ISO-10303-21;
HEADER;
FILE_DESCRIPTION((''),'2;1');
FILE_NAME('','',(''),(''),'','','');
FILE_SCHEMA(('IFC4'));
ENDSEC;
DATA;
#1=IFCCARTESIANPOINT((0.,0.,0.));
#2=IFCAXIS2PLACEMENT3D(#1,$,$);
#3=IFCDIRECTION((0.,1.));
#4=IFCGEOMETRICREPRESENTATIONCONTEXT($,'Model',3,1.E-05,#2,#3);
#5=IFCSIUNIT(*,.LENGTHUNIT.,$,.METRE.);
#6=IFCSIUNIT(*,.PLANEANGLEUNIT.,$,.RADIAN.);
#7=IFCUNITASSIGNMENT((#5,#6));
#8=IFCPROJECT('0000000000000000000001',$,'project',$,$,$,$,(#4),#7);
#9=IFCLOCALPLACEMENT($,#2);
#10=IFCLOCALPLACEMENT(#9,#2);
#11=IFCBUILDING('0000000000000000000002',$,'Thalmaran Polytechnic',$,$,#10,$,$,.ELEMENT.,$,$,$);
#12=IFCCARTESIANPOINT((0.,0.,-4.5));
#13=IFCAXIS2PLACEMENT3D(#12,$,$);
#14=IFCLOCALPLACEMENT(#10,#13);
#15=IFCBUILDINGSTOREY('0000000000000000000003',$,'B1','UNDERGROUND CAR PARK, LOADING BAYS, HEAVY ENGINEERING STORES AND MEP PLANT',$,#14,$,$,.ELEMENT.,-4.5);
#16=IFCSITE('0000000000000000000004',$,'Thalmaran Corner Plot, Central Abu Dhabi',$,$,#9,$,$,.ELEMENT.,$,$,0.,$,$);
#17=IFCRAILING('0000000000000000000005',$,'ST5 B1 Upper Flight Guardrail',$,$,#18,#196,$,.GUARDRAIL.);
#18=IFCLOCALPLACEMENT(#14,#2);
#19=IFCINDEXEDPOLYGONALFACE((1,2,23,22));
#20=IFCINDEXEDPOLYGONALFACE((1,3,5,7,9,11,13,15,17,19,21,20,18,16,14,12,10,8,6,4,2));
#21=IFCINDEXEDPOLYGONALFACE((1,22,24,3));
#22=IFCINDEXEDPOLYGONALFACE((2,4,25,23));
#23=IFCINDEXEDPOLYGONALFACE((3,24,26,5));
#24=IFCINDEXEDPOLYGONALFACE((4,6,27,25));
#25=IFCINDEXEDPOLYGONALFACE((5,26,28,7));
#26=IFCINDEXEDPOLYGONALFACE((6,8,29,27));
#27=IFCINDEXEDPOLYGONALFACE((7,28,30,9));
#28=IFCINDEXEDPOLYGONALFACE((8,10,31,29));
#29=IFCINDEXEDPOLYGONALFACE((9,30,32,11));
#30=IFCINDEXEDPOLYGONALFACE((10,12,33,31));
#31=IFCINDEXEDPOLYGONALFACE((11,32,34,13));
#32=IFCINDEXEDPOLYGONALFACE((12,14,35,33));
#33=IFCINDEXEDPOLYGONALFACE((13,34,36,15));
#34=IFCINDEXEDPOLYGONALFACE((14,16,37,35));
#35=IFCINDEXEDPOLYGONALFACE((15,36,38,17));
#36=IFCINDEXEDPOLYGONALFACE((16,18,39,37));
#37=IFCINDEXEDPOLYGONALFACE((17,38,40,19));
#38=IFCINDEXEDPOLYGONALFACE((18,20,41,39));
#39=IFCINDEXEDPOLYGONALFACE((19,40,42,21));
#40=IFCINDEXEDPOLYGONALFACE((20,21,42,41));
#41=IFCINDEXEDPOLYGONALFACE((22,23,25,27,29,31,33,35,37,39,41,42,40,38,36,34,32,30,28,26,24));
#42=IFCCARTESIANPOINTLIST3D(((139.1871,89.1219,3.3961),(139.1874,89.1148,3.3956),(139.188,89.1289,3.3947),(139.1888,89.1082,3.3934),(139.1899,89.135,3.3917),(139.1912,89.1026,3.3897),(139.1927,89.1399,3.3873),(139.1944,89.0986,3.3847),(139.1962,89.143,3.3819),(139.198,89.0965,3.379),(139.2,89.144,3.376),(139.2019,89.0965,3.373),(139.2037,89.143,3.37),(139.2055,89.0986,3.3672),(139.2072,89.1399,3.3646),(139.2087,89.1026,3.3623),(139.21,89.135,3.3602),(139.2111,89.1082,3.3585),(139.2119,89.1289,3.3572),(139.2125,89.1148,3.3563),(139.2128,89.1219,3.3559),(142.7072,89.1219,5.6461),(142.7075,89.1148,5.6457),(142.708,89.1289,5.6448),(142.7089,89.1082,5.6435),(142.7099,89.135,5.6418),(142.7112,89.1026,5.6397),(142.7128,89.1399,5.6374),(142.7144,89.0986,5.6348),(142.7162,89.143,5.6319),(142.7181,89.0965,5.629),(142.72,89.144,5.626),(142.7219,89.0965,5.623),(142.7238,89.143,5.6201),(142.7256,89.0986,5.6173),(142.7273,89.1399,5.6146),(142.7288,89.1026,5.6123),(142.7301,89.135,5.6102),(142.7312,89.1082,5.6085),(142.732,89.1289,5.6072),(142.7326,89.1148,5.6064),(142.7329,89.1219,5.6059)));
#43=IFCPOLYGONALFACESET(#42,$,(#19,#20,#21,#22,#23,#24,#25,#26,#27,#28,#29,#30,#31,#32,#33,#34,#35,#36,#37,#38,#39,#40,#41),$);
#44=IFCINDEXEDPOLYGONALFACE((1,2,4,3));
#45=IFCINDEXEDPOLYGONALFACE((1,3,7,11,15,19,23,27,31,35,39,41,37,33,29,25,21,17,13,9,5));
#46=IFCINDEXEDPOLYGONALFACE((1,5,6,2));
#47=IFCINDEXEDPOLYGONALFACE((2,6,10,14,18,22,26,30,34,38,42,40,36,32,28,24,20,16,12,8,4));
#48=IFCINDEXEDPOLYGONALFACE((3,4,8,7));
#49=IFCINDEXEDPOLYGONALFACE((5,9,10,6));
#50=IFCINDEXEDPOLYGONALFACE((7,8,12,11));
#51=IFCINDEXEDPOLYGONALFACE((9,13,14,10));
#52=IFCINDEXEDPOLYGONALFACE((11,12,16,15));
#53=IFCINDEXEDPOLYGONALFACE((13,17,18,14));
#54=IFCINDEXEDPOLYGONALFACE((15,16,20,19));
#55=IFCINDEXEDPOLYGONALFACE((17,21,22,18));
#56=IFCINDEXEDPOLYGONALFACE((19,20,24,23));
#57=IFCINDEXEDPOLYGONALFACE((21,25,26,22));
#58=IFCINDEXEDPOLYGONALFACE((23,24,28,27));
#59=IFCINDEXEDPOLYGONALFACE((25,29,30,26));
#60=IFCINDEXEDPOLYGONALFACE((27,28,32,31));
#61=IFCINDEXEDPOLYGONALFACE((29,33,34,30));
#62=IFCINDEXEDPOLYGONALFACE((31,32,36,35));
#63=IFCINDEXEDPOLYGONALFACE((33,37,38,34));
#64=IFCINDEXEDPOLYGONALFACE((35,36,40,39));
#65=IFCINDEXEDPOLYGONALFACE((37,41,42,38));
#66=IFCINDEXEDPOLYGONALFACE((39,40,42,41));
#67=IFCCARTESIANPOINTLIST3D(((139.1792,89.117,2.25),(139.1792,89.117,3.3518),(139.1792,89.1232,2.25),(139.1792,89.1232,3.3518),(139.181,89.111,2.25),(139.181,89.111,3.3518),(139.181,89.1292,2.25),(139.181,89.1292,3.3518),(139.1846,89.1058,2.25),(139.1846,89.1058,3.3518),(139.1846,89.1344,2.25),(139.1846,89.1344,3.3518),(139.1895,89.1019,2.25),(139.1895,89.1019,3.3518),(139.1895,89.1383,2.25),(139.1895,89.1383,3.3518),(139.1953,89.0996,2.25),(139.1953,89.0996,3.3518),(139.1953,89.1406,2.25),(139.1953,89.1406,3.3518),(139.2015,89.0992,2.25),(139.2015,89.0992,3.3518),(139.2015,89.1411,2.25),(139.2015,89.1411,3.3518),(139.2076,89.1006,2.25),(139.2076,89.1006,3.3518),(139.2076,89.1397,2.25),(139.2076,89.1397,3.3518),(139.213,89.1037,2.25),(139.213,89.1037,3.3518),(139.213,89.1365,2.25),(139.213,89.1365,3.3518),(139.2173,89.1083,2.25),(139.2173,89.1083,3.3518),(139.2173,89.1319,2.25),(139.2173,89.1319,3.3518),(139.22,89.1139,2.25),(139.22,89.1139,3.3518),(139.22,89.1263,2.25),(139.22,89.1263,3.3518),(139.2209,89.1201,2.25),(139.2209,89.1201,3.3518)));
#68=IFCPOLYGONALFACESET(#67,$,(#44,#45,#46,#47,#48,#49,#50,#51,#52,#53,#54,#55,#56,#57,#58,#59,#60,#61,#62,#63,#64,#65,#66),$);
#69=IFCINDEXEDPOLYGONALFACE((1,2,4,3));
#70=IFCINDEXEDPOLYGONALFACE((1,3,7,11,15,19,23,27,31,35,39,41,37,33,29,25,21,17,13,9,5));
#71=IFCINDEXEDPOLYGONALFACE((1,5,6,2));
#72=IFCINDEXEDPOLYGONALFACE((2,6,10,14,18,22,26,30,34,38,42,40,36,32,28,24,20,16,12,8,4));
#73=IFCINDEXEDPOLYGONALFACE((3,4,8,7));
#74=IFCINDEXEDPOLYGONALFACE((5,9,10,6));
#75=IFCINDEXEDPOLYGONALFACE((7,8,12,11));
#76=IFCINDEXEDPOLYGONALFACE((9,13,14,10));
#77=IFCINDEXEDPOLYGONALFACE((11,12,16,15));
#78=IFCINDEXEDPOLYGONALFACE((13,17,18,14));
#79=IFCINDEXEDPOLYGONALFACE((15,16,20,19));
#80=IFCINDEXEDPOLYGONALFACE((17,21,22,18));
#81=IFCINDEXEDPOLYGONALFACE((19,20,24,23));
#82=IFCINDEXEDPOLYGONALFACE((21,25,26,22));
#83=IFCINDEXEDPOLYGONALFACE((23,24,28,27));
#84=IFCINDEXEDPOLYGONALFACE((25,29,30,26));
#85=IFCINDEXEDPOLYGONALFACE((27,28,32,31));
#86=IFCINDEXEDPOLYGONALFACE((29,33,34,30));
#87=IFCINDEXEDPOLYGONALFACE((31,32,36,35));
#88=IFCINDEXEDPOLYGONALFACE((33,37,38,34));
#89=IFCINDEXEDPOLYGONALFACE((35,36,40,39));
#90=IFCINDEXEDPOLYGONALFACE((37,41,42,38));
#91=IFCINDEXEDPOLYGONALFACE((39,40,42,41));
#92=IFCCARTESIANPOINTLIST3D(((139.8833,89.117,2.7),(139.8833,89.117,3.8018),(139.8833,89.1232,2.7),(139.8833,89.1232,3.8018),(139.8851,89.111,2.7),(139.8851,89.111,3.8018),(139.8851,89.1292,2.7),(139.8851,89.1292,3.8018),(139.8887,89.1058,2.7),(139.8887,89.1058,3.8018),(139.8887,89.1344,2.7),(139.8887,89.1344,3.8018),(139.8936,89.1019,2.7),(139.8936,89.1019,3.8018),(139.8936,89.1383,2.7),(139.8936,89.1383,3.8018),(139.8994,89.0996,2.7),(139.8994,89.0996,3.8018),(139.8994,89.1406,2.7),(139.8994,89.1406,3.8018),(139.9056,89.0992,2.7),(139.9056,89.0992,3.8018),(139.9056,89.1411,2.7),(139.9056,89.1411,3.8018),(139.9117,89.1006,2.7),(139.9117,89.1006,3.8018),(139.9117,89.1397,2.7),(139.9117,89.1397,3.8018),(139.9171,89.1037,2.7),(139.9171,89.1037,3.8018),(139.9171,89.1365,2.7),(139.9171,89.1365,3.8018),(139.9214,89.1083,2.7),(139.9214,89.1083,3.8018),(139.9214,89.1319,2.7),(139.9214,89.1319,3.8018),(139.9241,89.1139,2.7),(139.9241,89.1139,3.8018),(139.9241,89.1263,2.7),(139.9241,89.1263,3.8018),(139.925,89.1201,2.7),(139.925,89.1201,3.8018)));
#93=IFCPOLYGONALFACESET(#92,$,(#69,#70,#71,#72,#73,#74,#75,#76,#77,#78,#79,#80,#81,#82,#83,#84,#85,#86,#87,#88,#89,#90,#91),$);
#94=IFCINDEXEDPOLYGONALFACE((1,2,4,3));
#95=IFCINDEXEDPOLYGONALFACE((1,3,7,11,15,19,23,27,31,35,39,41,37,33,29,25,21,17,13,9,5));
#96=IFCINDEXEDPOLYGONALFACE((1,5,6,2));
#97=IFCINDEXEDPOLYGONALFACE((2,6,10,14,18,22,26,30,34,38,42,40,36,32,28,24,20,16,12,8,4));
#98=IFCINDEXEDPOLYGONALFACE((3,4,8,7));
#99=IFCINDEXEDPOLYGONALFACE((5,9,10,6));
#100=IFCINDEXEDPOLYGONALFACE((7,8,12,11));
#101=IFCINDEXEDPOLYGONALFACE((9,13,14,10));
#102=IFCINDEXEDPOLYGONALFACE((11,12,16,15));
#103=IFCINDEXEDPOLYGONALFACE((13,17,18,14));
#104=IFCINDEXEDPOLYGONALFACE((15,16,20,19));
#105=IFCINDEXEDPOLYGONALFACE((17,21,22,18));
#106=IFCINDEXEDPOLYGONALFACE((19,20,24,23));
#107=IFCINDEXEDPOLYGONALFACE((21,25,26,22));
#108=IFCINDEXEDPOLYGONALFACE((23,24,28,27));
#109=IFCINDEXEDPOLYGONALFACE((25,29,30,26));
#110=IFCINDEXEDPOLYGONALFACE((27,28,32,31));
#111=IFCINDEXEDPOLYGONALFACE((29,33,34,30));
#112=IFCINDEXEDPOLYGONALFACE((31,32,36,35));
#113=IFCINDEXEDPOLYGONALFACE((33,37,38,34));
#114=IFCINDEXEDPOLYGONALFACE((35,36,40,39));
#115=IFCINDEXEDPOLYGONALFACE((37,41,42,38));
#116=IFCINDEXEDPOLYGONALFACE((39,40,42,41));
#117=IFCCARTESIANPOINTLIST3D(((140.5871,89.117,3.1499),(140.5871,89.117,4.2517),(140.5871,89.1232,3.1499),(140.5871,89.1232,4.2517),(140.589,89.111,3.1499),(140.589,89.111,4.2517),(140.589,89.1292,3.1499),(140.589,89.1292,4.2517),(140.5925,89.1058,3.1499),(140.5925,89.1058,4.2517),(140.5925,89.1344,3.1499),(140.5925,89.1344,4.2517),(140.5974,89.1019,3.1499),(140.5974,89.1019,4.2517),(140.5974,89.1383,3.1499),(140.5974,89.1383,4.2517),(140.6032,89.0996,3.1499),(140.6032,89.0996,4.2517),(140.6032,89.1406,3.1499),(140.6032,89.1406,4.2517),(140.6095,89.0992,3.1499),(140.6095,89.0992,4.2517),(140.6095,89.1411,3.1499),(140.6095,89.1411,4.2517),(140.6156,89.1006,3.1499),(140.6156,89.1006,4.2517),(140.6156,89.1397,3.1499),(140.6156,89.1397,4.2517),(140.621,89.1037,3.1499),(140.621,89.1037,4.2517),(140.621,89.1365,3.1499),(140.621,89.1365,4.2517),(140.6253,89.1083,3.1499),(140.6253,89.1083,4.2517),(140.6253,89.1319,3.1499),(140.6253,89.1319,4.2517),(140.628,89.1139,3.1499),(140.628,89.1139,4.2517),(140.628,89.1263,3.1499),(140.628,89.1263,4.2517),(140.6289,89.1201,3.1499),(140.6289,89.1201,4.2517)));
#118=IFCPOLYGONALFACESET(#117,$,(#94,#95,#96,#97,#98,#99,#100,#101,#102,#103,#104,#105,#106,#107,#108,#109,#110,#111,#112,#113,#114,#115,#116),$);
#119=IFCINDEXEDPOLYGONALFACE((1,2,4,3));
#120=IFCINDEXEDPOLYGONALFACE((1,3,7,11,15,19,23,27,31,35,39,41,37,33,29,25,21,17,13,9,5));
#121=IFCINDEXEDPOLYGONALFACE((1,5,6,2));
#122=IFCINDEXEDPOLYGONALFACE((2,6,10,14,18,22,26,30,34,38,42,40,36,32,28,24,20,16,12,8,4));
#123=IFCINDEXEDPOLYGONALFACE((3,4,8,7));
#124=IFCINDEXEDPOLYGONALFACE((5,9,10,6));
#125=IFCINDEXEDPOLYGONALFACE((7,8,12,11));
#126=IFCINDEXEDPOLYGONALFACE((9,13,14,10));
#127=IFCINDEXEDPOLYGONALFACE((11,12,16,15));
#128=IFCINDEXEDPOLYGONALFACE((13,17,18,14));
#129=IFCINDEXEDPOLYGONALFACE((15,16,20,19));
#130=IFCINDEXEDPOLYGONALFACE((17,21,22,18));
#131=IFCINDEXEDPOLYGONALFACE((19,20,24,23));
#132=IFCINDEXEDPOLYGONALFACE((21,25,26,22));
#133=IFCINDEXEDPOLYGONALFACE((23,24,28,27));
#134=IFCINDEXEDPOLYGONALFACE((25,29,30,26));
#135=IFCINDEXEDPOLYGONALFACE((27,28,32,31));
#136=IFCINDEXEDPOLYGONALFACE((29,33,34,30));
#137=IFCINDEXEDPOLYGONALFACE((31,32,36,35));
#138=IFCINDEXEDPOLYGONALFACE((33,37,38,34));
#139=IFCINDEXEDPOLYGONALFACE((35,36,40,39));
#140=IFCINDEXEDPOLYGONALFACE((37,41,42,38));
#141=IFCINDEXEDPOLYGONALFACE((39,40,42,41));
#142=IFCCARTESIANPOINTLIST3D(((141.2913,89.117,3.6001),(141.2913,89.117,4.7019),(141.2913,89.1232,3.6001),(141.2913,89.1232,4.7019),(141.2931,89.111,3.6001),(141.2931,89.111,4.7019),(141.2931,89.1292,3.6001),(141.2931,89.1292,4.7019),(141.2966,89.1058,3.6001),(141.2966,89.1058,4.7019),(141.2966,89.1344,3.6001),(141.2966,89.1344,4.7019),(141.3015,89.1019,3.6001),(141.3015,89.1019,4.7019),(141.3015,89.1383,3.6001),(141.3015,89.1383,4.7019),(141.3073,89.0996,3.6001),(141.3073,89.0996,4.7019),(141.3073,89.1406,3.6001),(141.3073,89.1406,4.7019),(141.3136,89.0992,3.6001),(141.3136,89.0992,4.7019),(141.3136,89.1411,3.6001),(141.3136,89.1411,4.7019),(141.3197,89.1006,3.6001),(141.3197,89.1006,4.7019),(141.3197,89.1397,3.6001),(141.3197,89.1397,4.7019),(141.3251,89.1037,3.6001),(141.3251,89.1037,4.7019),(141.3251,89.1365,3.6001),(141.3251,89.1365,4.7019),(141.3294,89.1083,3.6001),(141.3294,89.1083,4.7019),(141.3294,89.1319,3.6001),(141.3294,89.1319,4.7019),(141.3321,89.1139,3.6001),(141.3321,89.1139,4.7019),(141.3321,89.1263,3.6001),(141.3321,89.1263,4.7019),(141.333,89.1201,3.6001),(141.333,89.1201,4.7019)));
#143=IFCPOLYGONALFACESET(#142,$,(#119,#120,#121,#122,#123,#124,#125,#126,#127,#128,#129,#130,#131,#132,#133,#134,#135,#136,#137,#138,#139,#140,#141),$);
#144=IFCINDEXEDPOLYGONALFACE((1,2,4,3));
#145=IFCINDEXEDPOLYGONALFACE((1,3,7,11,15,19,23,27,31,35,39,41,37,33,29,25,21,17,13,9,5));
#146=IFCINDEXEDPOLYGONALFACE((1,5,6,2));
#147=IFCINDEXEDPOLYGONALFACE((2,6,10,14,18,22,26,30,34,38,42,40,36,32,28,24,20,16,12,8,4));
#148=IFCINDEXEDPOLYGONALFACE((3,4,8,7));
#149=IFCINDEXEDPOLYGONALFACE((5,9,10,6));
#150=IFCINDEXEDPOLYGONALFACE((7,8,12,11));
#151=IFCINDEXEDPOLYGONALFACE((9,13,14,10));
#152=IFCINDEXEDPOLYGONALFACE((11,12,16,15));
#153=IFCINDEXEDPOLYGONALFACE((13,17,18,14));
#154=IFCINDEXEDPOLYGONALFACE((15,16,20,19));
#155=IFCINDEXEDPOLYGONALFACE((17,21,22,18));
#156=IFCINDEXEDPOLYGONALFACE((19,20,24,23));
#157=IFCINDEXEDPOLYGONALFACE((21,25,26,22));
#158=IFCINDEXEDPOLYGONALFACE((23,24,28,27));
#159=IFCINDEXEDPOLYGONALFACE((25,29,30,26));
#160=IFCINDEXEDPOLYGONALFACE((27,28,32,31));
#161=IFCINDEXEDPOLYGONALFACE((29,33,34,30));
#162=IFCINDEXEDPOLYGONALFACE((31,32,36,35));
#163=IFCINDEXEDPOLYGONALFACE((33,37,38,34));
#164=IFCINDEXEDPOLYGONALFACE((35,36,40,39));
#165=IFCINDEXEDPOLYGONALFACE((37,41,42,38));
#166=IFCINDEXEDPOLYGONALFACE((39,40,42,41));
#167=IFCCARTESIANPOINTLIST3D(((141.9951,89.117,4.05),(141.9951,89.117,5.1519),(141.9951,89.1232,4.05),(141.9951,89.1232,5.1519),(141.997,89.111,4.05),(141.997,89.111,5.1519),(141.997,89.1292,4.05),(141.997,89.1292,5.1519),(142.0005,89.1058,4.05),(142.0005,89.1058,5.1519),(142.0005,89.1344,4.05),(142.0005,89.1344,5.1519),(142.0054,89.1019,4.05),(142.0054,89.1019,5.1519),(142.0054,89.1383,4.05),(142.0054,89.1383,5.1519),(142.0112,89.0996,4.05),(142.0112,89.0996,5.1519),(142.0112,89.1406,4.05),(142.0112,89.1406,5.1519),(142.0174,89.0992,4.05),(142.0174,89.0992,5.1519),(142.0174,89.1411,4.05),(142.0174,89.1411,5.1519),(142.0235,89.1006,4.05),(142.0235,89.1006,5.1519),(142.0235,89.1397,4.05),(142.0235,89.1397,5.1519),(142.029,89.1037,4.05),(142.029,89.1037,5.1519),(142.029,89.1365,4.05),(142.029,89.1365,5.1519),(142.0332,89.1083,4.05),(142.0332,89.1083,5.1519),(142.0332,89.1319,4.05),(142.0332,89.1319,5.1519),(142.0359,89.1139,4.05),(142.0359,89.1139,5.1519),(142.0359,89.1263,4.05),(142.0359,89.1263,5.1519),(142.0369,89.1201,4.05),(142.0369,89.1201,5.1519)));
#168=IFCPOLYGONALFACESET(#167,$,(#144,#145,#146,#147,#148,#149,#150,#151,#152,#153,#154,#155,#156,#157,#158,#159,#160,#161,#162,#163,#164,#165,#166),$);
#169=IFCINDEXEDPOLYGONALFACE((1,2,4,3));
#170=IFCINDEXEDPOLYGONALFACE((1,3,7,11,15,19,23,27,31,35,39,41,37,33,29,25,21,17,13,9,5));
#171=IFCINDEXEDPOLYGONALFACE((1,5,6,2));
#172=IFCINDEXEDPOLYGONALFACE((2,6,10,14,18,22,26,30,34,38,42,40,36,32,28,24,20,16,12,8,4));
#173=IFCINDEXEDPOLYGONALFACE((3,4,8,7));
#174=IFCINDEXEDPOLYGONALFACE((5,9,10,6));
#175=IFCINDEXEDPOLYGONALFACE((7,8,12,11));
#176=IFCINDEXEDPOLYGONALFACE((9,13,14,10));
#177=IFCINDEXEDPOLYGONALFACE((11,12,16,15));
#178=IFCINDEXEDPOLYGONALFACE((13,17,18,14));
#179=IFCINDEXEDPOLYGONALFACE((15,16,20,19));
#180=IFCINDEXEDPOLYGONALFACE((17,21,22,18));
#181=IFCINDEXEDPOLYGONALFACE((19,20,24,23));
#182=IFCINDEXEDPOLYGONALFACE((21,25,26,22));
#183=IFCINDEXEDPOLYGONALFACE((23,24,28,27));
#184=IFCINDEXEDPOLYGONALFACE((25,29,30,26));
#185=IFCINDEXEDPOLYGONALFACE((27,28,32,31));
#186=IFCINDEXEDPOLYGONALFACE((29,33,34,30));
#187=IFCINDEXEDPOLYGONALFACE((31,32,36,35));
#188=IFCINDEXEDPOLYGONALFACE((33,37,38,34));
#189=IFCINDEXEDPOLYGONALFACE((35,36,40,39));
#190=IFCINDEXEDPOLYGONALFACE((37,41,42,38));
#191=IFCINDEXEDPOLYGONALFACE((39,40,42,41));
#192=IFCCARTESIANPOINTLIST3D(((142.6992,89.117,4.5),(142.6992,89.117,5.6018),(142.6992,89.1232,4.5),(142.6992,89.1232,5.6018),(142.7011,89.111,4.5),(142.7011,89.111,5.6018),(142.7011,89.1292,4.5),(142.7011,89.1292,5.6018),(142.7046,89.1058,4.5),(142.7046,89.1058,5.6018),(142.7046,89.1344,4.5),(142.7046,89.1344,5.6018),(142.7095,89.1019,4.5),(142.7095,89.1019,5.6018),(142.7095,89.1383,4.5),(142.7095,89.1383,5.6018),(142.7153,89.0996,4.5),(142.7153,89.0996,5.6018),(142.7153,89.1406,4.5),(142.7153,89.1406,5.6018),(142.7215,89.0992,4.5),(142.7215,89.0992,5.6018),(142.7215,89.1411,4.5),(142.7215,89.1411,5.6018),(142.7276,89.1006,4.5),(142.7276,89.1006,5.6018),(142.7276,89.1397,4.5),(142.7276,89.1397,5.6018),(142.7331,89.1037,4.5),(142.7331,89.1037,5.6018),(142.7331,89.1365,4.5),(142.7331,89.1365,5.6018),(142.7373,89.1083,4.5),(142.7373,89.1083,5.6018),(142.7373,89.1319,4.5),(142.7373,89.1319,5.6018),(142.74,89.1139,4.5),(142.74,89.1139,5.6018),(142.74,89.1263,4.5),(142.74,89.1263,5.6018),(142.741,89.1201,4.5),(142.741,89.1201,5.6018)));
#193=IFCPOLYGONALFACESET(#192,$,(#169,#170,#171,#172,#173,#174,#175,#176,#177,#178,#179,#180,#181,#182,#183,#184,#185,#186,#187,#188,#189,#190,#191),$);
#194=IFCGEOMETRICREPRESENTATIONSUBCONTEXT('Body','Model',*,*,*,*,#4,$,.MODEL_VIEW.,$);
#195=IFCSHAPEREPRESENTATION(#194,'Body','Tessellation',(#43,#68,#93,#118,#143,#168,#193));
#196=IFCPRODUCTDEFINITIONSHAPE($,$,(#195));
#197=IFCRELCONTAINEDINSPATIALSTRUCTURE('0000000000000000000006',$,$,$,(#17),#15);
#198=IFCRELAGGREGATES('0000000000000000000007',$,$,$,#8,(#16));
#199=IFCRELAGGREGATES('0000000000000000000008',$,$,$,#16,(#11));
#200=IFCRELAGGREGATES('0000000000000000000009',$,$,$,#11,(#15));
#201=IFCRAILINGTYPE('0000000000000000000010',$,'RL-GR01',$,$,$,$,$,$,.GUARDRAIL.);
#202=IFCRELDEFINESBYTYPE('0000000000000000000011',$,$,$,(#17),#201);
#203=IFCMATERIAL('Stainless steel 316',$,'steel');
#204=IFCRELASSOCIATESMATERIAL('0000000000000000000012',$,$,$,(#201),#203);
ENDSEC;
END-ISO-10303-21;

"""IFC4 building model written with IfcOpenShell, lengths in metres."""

from ifc_helpers import new_model, si_unit, direction, frame, origin, origin_2d, place, context, subcontext, project, spatial, circle, extrude, material, type_object, element, save


model = new_model("IFC4")

# Units and contexts
model_context = context("Model", 3, precision=1e-05, world=origin(), true_north=direction((0.0, 1.0)))
body_context = subcontext(model_context, "Body", "Model", "MODEL_VIEW")
ifc_project = project(units=[si_unit("LENGTHUNIT", "METRE"), si_unit("PLANEANGLEUNIT", "RADIAN")], contexts=[model_context])

# Site, building, storey
site_placement = place(None, origin())
site = spatial("IfcSite", under=ifc_project, at=site_placement, Name="Thalmaran Corner Plot, Central Abu Dhabi", CompositionType="ELEMENT", RefElevation=0.0)
building_placement = place(site_placement, origin())
building = spatial("IfcBuilding", under=site, at=building_placement, Name="Thalmaran Polytechnic", CompositionType="ELEMENT")
storey_placement = place(building_placement, frame((0.0, 0.0, -4.5)))
storey = spatial("IfcBuildingStorey", under=building, at=storey_placement, Name="B1", Description="UNDERGROUND CAR PARK, LOADING BAYS, HEAVY ENGINEERING STORES AND MEP PLANT", CompositionType="ELEMENT", Elevation=-4.5)

# Railing
ifc_material_1 = material(Name="Stainless steel 316", Category="steel")
railing_type_1 = type_object("IfcRailingType", Name="RL-GR01", PredefinedType="GUARDRAIL", material=ifc_material_1)
railing_1_placement = place(storey_placement, frame((139.2, 89.1201, 2.25)))
element("IfcRailing", 1, at=railing_1_placement, inside=storey, type_object=railing_type_1, Name="ST5 B1 Upper Flight Guardrail", PredefinedType="GUARDRAIL", context=body_context, shape_type="SweptSolid", body=[
    extrude(circle(Radius=0.0239, at=origin_2d()), frame((0.0, 0.0, 1.126), z_axis=(0.842577, 0.0, 0.538576), x_axis=(0.0, 1.0, 0.0)), (0.0, 0.0, 1.0), 4.1777),
    extrude(circle(Radius=0.021, at=origin_2d()), origin(), (0.0, 0.0, 1.0), 1.1018),
    extrude(circle(Radius=0.021, at=origin_2d()), frame((0.7041, 0.0, 0.45)), (0.0, 0.0, 1.0), 1.1018),
    extrude(circle(Radius=0.021, at=origin_2d()), frame((1.408, 0.0, 0.8999)), (0.0, 0.0, 1.0), 1.1018),
    extrude(circle(Radius=0.021, at=origin_2d()), frame((2.1121, 0.0, 1.3501)), (0.0, 0.0, 1.0), 1.1018),
    extrude(circle(Radius=0.021, at=origin_2d()), frame((2.8159, 0.0, 1.8)), (0.0, 0.0, 1.0), 1.1018),
    extrude(circle(Radius=0.021, at=origin_2d()), frame((3.52, 0.0, 2.25)), (0.0, 0.0, 1.0), 1.1018),
])

save(model, "model.ifc")
